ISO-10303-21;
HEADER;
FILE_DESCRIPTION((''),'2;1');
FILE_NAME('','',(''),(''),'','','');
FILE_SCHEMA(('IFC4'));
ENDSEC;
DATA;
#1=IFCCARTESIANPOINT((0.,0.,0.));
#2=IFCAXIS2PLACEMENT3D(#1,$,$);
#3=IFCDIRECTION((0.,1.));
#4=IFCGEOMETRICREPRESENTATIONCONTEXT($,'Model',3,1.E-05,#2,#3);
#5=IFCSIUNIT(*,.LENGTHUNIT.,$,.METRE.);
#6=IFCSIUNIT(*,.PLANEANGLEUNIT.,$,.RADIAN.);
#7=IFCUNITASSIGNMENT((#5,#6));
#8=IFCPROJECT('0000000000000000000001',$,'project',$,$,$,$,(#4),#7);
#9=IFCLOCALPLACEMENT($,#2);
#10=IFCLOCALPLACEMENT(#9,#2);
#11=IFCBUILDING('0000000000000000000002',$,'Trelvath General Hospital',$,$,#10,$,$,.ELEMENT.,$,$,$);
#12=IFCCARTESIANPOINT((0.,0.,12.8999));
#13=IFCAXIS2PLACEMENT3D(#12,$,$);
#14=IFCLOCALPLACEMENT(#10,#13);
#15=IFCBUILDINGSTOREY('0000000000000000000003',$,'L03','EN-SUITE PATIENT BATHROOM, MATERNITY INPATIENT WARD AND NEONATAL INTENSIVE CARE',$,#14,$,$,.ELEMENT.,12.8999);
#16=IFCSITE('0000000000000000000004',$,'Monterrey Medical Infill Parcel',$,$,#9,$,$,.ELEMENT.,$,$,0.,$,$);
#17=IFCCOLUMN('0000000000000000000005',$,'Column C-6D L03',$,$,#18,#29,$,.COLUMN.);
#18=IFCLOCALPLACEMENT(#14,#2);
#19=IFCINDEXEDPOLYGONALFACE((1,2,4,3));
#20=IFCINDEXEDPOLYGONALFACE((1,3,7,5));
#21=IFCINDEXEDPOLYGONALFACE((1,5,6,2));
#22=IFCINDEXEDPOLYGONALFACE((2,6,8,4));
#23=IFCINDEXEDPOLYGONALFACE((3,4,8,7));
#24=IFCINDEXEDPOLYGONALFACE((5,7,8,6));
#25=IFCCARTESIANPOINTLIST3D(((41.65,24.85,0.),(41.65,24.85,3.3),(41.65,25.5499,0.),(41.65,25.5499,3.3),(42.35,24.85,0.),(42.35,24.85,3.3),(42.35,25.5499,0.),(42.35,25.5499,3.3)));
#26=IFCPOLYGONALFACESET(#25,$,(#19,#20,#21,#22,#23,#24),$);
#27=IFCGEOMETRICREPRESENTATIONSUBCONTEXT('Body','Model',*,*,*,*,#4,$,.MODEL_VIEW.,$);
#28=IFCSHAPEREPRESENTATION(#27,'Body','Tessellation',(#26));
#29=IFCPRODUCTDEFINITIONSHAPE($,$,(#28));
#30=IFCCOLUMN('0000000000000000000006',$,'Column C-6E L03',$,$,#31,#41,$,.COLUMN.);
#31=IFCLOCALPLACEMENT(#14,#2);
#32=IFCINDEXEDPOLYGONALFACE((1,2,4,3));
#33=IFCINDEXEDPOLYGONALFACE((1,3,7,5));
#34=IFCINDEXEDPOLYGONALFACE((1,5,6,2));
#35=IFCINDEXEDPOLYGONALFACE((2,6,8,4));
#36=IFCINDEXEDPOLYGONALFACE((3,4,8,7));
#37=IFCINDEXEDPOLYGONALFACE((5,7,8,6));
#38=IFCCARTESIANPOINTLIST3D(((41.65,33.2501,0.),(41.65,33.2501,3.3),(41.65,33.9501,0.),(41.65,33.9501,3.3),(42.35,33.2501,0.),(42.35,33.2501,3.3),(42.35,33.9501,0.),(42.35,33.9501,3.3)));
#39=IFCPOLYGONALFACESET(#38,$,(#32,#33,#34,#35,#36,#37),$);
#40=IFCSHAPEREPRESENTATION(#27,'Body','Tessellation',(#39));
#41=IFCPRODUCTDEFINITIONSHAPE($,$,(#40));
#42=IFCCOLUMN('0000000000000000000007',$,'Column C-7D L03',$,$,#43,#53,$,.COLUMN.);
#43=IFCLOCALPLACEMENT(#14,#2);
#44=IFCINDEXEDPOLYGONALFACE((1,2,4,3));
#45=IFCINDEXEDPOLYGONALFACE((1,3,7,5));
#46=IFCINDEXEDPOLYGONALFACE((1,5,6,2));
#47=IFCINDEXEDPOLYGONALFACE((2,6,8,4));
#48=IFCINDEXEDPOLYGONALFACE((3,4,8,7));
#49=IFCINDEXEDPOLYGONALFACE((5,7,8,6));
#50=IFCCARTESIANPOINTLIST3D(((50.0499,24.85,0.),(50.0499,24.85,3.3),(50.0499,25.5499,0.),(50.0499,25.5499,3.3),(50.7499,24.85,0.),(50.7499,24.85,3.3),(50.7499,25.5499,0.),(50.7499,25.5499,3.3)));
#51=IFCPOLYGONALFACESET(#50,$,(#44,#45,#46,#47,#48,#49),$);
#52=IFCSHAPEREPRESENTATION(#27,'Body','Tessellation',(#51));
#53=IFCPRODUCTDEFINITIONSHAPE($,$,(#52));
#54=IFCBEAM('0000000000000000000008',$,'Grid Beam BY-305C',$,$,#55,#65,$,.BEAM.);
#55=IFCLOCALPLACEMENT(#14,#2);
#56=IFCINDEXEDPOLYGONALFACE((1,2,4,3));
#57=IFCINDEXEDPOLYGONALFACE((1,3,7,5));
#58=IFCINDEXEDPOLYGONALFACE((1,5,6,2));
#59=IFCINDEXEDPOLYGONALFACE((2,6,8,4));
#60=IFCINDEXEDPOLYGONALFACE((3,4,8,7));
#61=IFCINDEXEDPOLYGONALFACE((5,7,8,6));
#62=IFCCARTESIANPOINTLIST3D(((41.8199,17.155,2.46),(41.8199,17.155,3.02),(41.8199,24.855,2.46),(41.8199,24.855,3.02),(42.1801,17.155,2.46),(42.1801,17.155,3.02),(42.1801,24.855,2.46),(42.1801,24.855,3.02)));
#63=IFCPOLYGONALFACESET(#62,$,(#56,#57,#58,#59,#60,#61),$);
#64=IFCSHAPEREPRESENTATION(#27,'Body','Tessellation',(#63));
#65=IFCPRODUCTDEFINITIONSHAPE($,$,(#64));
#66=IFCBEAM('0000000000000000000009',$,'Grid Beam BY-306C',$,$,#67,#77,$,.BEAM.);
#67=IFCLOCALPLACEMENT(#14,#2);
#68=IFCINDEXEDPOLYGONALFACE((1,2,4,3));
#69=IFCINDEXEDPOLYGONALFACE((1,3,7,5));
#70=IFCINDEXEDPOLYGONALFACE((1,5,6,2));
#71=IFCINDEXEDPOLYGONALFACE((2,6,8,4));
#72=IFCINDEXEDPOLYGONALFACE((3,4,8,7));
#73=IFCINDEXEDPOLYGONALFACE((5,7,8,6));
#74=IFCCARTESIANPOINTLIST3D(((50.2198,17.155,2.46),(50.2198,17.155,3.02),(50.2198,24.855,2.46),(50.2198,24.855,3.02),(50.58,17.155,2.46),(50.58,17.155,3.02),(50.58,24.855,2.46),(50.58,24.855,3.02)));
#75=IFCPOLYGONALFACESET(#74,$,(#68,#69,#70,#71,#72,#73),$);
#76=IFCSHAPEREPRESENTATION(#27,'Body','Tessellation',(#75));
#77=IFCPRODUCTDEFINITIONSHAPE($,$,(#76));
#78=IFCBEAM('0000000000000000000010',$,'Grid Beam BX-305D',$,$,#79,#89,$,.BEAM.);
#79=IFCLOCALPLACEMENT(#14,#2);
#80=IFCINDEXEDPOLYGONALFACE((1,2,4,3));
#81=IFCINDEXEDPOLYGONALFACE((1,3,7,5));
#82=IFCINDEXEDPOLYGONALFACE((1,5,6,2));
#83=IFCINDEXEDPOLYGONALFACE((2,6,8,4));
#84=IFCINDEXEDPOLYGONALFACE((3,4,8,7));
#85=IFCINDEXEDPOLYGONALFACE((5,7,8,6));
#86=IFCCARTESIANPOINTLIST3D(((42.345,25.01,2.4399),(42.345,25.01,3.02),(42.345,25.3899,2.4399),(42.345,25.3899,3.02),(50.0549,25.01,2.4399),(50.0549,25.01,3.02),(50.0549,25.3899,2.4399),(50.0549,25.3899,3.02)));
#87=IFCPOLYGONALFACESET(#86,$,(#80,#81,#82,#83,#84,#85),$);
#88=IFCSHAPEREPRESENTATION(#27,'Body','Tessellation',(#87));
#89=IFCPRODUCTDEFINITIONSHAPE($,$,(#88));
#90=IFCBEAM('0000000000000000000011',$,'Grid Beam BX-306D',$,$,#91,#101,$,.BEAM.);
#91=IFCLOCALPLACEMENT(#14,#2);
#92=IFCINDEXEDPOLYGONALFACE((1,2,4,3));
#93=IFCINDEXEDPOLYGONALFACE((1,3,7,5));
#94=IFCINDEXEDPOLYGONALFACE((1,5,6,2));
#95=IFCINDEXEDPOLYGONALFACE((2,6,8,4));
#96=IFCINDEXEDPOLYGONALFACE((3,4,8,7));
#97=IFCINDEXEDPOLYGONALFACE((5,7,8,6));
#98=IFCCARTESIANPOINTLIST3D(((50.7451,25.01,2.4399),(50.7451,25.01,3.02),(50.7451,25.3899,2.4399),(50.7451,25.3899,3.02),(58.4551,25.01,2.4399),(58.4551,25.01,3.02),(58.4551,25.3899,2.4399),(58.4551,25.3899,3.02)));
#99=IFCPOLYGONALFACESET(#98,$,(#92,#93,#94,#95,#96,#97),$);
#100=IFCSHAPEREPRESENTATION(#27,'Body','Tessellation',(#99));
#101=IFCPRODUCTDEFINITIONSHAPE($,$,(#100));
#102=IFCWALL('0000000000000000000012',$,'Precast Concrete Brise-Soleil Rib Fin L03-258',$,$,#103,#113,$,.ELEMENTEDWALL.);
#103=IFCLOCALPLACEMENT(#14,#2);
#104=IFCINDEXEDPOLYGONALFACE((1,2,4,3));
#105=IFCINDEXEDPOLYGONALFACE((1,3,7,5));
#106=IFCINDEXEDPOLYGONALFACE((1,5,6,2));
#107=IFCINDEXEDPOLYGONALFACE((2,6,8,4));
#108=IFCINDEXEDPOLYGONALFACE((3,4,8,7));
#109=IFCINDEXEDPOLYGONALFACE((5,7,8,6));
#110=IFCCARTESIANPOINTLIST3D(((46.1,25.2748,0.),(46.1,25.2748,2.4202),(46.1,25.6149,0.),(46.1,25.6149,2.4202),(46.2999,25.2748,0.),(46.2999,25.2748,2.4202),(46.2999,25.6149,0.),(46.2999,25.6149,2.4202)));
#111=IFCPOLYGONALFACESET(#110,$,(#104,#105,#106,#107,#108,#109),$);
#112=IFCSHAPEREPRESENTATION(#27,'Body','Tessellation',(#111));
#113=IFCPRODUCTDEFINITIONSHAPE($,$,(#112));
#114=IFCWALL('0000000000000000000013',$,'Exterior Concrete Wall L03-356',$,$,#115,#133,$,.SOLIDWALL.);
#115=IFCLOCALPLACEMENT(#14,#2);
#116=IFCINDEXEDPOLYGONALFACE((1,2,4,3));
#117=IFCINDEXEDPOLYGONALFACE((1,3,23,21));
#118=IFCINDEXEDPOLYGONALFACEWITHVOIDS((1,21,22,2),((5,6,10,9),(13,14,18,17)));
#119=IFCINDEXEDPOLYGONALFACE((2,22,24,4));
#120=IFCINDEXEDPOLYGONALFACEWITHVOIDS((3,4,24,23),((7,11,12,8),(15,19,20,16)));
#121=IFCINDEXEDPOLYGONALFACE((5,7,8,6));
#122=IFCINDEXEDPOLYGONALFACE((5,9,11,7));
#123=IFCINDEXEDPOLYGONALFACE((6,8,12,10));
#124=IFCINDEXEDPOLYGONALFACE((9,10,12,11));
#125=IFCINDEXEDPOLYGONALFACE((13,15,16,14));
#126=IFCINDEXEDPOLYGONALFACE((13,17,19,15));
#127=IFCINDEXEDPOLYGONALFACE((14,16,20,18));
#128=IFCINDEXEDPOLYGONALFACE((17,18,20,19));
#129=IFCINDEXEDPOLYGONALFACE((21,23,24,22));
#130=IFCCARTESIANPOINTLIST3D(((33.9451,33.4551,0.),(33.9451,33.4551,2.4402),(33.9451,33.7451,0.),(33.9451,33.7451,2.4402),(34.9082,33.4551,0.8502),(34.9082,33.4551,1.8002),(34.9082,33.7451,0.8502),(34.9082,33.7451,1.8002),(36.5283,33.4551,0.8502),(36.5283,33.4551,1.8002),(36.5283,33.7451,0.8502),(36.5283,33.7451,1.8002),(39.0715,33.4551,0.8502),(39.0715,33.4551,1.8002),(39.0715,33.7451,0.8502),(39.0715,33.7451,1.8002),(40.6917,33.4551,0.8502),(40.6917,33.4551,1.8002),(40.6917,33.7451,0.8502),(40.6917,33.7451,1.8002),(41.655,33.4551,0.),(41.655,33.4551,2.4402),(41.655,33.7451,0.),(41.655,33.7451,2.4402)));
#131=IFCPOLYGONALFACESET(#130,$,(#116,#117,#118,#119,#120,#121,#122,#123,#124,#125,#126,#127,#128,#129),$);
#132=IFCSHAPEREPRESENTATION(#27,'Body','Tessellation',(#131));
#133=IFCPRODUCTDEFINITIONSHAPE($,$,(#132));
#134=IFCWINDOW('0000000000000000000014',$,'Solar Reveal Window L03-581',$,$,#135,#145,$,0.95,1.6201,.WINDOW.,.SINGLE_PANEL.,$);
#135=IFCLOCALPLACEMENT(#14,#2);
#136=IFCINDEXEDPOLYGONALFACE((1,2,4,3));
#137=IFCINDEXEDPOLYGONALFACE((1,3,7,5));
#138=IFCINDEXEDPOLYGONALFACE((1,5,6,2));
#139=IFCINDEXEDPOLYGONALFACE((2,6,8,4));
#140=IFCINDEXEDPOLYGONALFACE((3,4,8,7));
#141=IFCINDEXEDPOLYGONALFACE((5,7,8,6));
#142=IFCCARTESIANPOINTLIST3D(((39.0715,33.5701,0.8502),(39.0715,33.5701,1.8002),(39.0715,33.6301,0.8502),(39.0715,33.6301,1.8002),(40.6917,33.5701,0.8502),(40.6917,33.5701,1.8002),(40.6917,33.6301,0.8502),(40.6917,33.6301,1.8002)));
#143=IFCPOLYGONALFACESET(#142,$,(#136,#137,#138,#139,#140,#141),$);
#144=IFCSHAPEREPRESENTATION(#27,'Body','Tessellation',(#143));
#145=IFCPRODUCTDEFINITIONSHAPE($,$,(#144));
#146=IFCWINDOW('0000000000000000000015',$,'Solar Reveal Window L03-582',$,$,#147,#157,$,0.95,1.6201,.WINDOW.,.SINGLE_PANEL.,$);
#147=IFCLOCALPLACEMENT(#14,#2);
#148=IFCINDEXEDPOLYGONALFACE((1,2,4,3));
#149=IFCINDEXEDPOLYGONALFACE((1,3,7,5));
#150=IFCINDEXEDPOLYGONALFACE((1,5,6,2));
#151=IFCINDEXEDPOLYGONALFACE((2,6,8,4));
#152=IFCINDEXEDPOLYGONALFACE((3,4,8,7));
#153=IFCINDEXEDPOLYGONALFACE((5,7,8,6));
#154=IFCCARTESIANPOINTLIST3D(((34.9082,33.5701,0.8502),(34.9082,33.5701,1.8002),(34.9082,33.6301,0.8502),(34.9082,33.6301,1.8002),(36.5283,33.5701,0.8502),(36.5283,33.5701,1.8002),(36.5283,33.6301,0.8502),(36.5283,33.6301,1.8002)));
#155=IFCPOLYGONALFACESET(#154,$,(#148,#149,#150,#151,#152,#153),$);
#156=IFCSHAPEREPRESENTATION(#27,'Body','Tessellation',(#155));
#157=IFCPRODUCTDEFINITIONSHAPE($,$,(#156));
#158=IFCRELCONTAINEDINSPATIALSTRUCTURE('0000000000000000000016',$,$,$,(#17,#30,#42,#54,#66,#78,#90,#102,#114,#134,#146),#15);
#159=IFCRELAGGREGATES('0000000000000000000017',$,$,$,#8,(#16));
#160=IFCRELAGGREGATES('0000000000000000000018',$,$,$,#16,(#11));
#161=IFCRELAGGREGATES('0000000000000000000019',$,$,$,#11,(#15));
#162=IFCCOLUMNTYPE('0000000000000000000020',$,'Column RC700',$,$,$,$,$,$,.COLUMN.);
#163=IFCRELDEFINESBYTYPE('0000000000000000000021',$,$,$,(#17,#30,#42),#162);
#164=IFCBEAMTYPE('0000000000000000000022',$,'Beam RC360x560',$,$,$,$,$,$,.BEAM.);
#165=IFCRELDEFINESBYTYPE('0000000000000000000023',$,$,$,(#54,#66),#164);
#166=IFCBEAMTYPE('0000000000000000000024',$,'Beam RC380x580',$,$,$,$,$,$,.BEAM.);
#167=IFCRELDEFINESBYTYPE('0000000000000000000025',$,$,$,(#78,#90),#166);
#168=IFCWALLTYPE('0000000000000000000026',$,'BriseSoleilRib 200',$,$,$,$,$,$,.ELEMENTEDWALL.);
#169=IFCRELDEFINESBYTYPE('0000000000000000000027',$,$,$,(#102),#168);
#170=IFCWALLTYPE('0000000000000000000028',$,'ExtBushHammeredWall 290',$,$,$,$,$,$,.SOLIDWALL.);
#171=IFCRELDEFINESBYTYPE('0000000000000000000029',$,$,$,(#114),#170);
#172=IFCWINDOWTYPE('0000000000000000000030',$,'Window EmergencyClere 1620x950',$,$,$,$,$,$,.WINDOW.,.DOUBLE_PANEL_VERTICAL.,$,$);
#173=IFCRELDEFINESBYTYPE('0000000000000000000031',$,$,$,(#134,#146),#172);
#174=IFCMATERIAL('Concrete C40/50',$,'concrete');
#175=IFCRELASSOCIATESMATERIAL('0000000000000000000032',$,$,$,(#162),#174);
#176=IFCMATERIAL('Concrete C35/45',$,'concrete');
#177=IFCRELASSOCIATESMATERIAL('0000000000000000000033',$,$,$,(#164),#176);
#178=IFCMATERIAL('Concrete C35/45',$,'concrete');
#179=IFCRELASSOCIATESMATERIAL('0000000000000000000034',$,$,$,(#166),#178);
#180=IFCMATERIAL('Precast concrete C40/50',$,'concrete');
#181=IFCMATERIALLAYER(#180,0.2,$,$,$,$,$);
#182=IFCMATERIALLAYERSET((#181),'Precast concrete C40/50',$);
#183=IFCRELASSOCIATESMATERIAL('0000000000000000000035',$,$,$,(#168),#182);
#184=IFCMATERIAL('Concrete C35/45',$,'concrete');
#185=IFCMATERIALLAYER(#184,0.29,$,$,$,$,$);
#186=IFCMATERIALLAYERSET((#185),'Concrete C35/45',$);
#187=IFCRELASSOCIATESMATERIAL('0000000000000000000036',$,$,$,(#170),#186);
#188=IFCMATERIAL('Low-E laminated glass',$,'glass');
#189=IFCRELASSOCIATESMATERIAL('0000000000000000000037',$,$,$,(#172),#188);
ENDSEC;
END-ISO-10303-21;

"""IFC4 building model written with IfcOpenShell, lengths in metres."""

from ifc_helpers import new_model, si_unit, direction, frame, frame_2d, origin, origin_2d, place, context, subcontext, project, spatial, rectangle, extrude, material, layer, layer_set, material_profile, profile_set, type_object, element, fill, save


model = new_model("IFC4")

# Units and contexts
model_context = context("Model", 3, precision=1e-05, world=origin(), true_north=direction((0.0, 1.0)))
body_context = subcontext(model_context, "Body", "Model", "MODEL_VIEW")
ifc_project = project(units=[si_unit("LENGTHUNIT", "METRE"), si_unit("PLANEANGLEUNIT", "RADIAN")], contexts=[model_context])

# Site, building, storey
site_placement = place(None, origin())
site = spatial("IfcSite", under=ifc_project, at=site_placement, Name="Monterrey Medical Infill Parcel", CompositionType="ELEMENT", RefElevation=0.0)
building_placement = place(site_placement, origin())
building = spatial("IfcBuilding", under=site, at=building_placement, Name="Trelvath General Hospital", CompositionType="ELEMENT")
storey_placement = place(building_placement, frame((0.0, 0.0, 12.8999)))
storey = spatial("IfcBuildingStorey", under=building, at=storey_placement, Name="L03", Description="EN-SUITE PATIENT BATHROOM, MATERNITY INPATIENT WARD AND NEONATAL INTENSIVE CARE", CompositionType="ELEMENT", Elevation=12.8999)

# Columns
ifc_material_1 = material(Name="Concrete C40/50", Category="concrete")
ifc_material_profile_1 = material_profile(ifc_material_1, rectangle(XDim=0.7, YDim=0.7, at=origin_2d()), Name="RC700x700")
ifc_profile_set_1 = profile_set([ifc_material_profile_1], Name="Concrete C40/50")
column_type = type_object("IfcColumnType", Name="Column RC700", PredefinedType="COLUMN", material=ifc_profile_set_1)
for number, where, z_axis, x_axis, name in (
    (1, (42.0, 25.2, 0.0), (0.0, 0.0, 1.0), (1.0, 0.0, 0.0), "Column C-6D L03"),
    (2, (42.0, 33.6001, 0.0), (0.0, 0.0, 1.0), (1.0, 0.0, 0.0), "Column C-6E L03"),
    (3, (50.3999, 25.2, 0.0), (0.0, 0.0, 1.0), (1.0, 0.0, 0.0), "Column C-7D L03"),
):
    element("IfcColumn", number, at=place(storey_placement, frame(where, z_axis=z_axis, x_axis=x_axis)), inside=storey, type_object=column_type, Name=name, PredefinedType="COLUMN", context=body_context, shape_type="SweptSolid", body=[
        extrude(rectangle(XDim=0.7, YDim=0.7, at=origin_2d()), origin(), (0.0, 0.0, 1.0), 3.3),
    ])

# Beams
ifc_material_2 = material(Name="Concrete C35/45", Category="concrete")
ifc_material_profile_2 = material_profile(ifc_material_2, rectangle(XDim=0.3601, YDim=0.5601, at=origin_2d()), Name="RCB360x560")
ifc_profile_set_2 = profile_set([ifc_material_profile_2], Name="Concrete C35/45")
beam_type_1 = type_object("IfcBeamType", Name="Beam RC360x560", PredefinedType="BEAM", material=ifc_profile_set_2)
for number, where, z_axis, x_axis, name in (
    (4, (42.0, 17.155, 2.74), (0.0, 1.0, 0.0), (-1.0, 0.0, 0.0), "Grid Beam BY-305C"),
    (5, (50.3999, 17.155, 2.74), (0.0, 1.0, 0.0), (-1.0, 0.0, 0.0), "Grid Beam BY-306C"),
):
    element("IfcBeam", number, at=place(storey_placement, frame(where, z_axis=z_axis, x_axis=x_axis)), inside=storey, type_object=beam_type_1, Name=name, PredefinedType="BEAM", context=body_context, shape_type="SweptSolid", body=[
        extrude(rectangle(XDim=0.3601, YDim=0.5601, at=origin_2d()), origin(), (0.0, 0.0, 1.0), 7.7),
    ])
ifc_material_3 = material(Name="Concrete C35/45", Category="concrete")
ifc_material_profile_3 = material_profile(ifc_material_3, rectangle(XDim=0.3799, YDim=0.5801, at=origin_2d()), Name="RCB380x580")
ifc_profile_set_3 = profile_set([ifc_material_profile_3], Name="Concrete C35/45")
beam_type_2 = type_object("IfcBeamType", Name="Beam RC380x580", PredefinedType="BEAM", material=ifc_profile_set_3)
for number, where, z_axis, x_axis, name in (
    (6, (42.345, 25.2, 2.73), (1.0, 0.0, 0.0), (0.0, 1.0, 0.0), "Grid Beam BX-305D"),
    (7, (50.7451, 25.2, 2.73), (1.0, 0.0, 0.0), (0.0, 1.0, 0.0), "Grid Beam BX-306D"),
):
    element("IfcBeam", number, at=place(storey_placement, frame(where, z_axis=z_axis, x_axis=x_axis)), inside=storey, type_object=beam_type_2, Name=name, PredefinedType="BEAM", context=body_context, shape_type="SweptSolid", body=[
        extrude(rectangle(XDim=0.3799, YDim=0.5801, at=origin_2d()), origin(), (0.0, 0.0, 1.0), 7.71),
    ])

# Wall
ifc_material_4 = material(Name="Precast concrete C40/50", Category="concrete")
ifc_layer_1 = layer(ifc_material_4, 0.2)
ifc_layer_set_1 = layer_set([ifc_layer_1], Name="Precast concrete C40/50")
wall_type_1 = type_object("IfcWallType", Name="BriseSoleilRib 200", PredefinedType="ELEMENTEDWALL", material=ifc_layer_set_1)
wall_1_placement = place(storey_placement, frame((46.2, 25.2749, 0.0), z_axis=(0.0, 0.0, 1.0), x_axis=(0.0, 1.0, 0.0)))
element("IfcWall", 8, at=wall_1_placement, inside=storey, type_object=wall_type_1, Name="Precast Concrete Brise-Soleil Rib Fin L03-258", PredefinedType="ELEMENTEDWALL", context=body_context, shape_type="SweptSolid", body=[
    extrude(rectangle(XDim=0.3401, YDim=0.2, at=frame_2d((0.1699, 0.0))), origin(), (0.0, 0.0, 1.0), 2.4202),
])

# Wall, openings, windows
ifc_material_5 = material(Name="Concrete C35/45", Category="concrete")
ifc_layer_2 = layer(ifc_material_5, 0.29)
ifc_layer_set_2 = layer_set([ifc_layer_2], Name="Concrete C35/45")
wall_type_2 = type_object("IfcWallType", Name="ExtBushHammeredWall 290", PredefinedType="SOLIDWALL", material=ifc_layer_set_2)
wall_2_placement = place(storey_placement, frame((41.655, 33.6001, 0.0), z_axis=(0.0, 0.0, 1.0), x_axis=(-1.0, 0.0, 0.0)))
wall_2 = element("IfcWall", 9, at=wall_2_placement, inside=storey, type_object=wall_type_2, Name="Exterior Concrete Wall L03-356", PredefinedType="SOLIDWALL", context=body_context, shape_type="SweptSolid", body=[
    extrude(rectangle(XDim=7.71, YDim=0.29, at=frame_2d((3.855, 0.0))), origin(), (0.0, 0.0, 1.0), 2.4402),
])
opening_1_placement = place(wall_2_placement, frame((0.9634, 0.0, 0.8501)))
opening_1 = element("IfcOpeningElement", 10, at=opening_1_placement, cuts=wall_2, PredefinedType="OPENING", context=body_context, shape_type="SweptSolid", body=[
    extrude(rectangle(XDim=1.6201, YDim=0.95, at=frame_2d((0.8101, 0.4751))), frame((0.0, 0.155, 0.0), z_axis=(0.0, -1.0, 0.0), x_axis=(1.0, 0.0, 0.0)), (0.0, 0.0, 1.0), 0.3101),
])
opening_2_placement = place(wall_2_placement, frame((5.1267, 0.0, 0.8501)))
opening_2 = element("IfcOpeningElement", 11, at=opening_2_placement, cuts=wall_2, PredefinedType="OPENING", context=body_context, shape_type="SweptSolid", body=[
    extrude(rectangle(XDim=1.6201, YDim=0.95, at=frame_2d((0.8101, 0.4751))), frame((0.0, 0.155, 0.0), z_axis=(0.0, -1.0, 0.0), x_axis=(1.0, 0.0, 0.0)), (0.0, 0.0, 1.0), 0.3101),
])
ifc_material_6 = material(Name="Low-E laminated glass", Category="glass")
window_type_1 = type_object("IfcWindowType", Name="Window EmergencyClere 1620x950", PartitioningType="DOUBLE_PANEL_VERTICAL", PredefinedType="WINDOW", material=ifc_material_6)
window_1_placement = place(opening_1_placement, origin())
window_1 = element("IfcWindow", 12, at=window_1_placement, inside=storey, type_object=window_type_1, Name="Solar Reveal Window L03-581", OverallHeight=0.95, OverallWidth=1.6201, PartitioningType="SINGLE_PANEL", PredefinedType="WINDOW", context=body_context, shape_type="SweptSolid", body=[
    extrude(rectangle(XDim=1.6201, YDim=0.95, at=frame_2d((0.8101, 0.4751))), frame((0.0, 0.03, 0.0), z_axis=(0.0, -1.0, 0.0), x_axis=(1.0, 0.0, 0.0)), (0.0, 0.0, 1.0), 0.0601),
])
fill(opening_1, window_1)
window_2_placement = place(opening_2_placement, origin())
window_2 = element("IfcWindow", 13, at=window_2_placement, inside=storey, type_object=window_type_1, Name="Solar Reveal Window L03-582", OverallHeight=0.95, OverallWidth=1.6201, PartitioningType="SINGLE_PANEL", PredefinedType="WINDOW", context=body_context, shape_type="SweptSolid", body=[
    extrude(rectangle(XDim=1.6201, YDim=0.95, at=frame_2d((0.8101, 0.4751))), frame((0.0, 0.03, 0.0), z_axis=(0.0, -1.0, 0.0), x_axis=(1.0, 0.0, 0.0)), (0.0, 0.0, 1.0), 0.0601),
])
fill(opening_2, window_2)

save(model, "model.ifc")
